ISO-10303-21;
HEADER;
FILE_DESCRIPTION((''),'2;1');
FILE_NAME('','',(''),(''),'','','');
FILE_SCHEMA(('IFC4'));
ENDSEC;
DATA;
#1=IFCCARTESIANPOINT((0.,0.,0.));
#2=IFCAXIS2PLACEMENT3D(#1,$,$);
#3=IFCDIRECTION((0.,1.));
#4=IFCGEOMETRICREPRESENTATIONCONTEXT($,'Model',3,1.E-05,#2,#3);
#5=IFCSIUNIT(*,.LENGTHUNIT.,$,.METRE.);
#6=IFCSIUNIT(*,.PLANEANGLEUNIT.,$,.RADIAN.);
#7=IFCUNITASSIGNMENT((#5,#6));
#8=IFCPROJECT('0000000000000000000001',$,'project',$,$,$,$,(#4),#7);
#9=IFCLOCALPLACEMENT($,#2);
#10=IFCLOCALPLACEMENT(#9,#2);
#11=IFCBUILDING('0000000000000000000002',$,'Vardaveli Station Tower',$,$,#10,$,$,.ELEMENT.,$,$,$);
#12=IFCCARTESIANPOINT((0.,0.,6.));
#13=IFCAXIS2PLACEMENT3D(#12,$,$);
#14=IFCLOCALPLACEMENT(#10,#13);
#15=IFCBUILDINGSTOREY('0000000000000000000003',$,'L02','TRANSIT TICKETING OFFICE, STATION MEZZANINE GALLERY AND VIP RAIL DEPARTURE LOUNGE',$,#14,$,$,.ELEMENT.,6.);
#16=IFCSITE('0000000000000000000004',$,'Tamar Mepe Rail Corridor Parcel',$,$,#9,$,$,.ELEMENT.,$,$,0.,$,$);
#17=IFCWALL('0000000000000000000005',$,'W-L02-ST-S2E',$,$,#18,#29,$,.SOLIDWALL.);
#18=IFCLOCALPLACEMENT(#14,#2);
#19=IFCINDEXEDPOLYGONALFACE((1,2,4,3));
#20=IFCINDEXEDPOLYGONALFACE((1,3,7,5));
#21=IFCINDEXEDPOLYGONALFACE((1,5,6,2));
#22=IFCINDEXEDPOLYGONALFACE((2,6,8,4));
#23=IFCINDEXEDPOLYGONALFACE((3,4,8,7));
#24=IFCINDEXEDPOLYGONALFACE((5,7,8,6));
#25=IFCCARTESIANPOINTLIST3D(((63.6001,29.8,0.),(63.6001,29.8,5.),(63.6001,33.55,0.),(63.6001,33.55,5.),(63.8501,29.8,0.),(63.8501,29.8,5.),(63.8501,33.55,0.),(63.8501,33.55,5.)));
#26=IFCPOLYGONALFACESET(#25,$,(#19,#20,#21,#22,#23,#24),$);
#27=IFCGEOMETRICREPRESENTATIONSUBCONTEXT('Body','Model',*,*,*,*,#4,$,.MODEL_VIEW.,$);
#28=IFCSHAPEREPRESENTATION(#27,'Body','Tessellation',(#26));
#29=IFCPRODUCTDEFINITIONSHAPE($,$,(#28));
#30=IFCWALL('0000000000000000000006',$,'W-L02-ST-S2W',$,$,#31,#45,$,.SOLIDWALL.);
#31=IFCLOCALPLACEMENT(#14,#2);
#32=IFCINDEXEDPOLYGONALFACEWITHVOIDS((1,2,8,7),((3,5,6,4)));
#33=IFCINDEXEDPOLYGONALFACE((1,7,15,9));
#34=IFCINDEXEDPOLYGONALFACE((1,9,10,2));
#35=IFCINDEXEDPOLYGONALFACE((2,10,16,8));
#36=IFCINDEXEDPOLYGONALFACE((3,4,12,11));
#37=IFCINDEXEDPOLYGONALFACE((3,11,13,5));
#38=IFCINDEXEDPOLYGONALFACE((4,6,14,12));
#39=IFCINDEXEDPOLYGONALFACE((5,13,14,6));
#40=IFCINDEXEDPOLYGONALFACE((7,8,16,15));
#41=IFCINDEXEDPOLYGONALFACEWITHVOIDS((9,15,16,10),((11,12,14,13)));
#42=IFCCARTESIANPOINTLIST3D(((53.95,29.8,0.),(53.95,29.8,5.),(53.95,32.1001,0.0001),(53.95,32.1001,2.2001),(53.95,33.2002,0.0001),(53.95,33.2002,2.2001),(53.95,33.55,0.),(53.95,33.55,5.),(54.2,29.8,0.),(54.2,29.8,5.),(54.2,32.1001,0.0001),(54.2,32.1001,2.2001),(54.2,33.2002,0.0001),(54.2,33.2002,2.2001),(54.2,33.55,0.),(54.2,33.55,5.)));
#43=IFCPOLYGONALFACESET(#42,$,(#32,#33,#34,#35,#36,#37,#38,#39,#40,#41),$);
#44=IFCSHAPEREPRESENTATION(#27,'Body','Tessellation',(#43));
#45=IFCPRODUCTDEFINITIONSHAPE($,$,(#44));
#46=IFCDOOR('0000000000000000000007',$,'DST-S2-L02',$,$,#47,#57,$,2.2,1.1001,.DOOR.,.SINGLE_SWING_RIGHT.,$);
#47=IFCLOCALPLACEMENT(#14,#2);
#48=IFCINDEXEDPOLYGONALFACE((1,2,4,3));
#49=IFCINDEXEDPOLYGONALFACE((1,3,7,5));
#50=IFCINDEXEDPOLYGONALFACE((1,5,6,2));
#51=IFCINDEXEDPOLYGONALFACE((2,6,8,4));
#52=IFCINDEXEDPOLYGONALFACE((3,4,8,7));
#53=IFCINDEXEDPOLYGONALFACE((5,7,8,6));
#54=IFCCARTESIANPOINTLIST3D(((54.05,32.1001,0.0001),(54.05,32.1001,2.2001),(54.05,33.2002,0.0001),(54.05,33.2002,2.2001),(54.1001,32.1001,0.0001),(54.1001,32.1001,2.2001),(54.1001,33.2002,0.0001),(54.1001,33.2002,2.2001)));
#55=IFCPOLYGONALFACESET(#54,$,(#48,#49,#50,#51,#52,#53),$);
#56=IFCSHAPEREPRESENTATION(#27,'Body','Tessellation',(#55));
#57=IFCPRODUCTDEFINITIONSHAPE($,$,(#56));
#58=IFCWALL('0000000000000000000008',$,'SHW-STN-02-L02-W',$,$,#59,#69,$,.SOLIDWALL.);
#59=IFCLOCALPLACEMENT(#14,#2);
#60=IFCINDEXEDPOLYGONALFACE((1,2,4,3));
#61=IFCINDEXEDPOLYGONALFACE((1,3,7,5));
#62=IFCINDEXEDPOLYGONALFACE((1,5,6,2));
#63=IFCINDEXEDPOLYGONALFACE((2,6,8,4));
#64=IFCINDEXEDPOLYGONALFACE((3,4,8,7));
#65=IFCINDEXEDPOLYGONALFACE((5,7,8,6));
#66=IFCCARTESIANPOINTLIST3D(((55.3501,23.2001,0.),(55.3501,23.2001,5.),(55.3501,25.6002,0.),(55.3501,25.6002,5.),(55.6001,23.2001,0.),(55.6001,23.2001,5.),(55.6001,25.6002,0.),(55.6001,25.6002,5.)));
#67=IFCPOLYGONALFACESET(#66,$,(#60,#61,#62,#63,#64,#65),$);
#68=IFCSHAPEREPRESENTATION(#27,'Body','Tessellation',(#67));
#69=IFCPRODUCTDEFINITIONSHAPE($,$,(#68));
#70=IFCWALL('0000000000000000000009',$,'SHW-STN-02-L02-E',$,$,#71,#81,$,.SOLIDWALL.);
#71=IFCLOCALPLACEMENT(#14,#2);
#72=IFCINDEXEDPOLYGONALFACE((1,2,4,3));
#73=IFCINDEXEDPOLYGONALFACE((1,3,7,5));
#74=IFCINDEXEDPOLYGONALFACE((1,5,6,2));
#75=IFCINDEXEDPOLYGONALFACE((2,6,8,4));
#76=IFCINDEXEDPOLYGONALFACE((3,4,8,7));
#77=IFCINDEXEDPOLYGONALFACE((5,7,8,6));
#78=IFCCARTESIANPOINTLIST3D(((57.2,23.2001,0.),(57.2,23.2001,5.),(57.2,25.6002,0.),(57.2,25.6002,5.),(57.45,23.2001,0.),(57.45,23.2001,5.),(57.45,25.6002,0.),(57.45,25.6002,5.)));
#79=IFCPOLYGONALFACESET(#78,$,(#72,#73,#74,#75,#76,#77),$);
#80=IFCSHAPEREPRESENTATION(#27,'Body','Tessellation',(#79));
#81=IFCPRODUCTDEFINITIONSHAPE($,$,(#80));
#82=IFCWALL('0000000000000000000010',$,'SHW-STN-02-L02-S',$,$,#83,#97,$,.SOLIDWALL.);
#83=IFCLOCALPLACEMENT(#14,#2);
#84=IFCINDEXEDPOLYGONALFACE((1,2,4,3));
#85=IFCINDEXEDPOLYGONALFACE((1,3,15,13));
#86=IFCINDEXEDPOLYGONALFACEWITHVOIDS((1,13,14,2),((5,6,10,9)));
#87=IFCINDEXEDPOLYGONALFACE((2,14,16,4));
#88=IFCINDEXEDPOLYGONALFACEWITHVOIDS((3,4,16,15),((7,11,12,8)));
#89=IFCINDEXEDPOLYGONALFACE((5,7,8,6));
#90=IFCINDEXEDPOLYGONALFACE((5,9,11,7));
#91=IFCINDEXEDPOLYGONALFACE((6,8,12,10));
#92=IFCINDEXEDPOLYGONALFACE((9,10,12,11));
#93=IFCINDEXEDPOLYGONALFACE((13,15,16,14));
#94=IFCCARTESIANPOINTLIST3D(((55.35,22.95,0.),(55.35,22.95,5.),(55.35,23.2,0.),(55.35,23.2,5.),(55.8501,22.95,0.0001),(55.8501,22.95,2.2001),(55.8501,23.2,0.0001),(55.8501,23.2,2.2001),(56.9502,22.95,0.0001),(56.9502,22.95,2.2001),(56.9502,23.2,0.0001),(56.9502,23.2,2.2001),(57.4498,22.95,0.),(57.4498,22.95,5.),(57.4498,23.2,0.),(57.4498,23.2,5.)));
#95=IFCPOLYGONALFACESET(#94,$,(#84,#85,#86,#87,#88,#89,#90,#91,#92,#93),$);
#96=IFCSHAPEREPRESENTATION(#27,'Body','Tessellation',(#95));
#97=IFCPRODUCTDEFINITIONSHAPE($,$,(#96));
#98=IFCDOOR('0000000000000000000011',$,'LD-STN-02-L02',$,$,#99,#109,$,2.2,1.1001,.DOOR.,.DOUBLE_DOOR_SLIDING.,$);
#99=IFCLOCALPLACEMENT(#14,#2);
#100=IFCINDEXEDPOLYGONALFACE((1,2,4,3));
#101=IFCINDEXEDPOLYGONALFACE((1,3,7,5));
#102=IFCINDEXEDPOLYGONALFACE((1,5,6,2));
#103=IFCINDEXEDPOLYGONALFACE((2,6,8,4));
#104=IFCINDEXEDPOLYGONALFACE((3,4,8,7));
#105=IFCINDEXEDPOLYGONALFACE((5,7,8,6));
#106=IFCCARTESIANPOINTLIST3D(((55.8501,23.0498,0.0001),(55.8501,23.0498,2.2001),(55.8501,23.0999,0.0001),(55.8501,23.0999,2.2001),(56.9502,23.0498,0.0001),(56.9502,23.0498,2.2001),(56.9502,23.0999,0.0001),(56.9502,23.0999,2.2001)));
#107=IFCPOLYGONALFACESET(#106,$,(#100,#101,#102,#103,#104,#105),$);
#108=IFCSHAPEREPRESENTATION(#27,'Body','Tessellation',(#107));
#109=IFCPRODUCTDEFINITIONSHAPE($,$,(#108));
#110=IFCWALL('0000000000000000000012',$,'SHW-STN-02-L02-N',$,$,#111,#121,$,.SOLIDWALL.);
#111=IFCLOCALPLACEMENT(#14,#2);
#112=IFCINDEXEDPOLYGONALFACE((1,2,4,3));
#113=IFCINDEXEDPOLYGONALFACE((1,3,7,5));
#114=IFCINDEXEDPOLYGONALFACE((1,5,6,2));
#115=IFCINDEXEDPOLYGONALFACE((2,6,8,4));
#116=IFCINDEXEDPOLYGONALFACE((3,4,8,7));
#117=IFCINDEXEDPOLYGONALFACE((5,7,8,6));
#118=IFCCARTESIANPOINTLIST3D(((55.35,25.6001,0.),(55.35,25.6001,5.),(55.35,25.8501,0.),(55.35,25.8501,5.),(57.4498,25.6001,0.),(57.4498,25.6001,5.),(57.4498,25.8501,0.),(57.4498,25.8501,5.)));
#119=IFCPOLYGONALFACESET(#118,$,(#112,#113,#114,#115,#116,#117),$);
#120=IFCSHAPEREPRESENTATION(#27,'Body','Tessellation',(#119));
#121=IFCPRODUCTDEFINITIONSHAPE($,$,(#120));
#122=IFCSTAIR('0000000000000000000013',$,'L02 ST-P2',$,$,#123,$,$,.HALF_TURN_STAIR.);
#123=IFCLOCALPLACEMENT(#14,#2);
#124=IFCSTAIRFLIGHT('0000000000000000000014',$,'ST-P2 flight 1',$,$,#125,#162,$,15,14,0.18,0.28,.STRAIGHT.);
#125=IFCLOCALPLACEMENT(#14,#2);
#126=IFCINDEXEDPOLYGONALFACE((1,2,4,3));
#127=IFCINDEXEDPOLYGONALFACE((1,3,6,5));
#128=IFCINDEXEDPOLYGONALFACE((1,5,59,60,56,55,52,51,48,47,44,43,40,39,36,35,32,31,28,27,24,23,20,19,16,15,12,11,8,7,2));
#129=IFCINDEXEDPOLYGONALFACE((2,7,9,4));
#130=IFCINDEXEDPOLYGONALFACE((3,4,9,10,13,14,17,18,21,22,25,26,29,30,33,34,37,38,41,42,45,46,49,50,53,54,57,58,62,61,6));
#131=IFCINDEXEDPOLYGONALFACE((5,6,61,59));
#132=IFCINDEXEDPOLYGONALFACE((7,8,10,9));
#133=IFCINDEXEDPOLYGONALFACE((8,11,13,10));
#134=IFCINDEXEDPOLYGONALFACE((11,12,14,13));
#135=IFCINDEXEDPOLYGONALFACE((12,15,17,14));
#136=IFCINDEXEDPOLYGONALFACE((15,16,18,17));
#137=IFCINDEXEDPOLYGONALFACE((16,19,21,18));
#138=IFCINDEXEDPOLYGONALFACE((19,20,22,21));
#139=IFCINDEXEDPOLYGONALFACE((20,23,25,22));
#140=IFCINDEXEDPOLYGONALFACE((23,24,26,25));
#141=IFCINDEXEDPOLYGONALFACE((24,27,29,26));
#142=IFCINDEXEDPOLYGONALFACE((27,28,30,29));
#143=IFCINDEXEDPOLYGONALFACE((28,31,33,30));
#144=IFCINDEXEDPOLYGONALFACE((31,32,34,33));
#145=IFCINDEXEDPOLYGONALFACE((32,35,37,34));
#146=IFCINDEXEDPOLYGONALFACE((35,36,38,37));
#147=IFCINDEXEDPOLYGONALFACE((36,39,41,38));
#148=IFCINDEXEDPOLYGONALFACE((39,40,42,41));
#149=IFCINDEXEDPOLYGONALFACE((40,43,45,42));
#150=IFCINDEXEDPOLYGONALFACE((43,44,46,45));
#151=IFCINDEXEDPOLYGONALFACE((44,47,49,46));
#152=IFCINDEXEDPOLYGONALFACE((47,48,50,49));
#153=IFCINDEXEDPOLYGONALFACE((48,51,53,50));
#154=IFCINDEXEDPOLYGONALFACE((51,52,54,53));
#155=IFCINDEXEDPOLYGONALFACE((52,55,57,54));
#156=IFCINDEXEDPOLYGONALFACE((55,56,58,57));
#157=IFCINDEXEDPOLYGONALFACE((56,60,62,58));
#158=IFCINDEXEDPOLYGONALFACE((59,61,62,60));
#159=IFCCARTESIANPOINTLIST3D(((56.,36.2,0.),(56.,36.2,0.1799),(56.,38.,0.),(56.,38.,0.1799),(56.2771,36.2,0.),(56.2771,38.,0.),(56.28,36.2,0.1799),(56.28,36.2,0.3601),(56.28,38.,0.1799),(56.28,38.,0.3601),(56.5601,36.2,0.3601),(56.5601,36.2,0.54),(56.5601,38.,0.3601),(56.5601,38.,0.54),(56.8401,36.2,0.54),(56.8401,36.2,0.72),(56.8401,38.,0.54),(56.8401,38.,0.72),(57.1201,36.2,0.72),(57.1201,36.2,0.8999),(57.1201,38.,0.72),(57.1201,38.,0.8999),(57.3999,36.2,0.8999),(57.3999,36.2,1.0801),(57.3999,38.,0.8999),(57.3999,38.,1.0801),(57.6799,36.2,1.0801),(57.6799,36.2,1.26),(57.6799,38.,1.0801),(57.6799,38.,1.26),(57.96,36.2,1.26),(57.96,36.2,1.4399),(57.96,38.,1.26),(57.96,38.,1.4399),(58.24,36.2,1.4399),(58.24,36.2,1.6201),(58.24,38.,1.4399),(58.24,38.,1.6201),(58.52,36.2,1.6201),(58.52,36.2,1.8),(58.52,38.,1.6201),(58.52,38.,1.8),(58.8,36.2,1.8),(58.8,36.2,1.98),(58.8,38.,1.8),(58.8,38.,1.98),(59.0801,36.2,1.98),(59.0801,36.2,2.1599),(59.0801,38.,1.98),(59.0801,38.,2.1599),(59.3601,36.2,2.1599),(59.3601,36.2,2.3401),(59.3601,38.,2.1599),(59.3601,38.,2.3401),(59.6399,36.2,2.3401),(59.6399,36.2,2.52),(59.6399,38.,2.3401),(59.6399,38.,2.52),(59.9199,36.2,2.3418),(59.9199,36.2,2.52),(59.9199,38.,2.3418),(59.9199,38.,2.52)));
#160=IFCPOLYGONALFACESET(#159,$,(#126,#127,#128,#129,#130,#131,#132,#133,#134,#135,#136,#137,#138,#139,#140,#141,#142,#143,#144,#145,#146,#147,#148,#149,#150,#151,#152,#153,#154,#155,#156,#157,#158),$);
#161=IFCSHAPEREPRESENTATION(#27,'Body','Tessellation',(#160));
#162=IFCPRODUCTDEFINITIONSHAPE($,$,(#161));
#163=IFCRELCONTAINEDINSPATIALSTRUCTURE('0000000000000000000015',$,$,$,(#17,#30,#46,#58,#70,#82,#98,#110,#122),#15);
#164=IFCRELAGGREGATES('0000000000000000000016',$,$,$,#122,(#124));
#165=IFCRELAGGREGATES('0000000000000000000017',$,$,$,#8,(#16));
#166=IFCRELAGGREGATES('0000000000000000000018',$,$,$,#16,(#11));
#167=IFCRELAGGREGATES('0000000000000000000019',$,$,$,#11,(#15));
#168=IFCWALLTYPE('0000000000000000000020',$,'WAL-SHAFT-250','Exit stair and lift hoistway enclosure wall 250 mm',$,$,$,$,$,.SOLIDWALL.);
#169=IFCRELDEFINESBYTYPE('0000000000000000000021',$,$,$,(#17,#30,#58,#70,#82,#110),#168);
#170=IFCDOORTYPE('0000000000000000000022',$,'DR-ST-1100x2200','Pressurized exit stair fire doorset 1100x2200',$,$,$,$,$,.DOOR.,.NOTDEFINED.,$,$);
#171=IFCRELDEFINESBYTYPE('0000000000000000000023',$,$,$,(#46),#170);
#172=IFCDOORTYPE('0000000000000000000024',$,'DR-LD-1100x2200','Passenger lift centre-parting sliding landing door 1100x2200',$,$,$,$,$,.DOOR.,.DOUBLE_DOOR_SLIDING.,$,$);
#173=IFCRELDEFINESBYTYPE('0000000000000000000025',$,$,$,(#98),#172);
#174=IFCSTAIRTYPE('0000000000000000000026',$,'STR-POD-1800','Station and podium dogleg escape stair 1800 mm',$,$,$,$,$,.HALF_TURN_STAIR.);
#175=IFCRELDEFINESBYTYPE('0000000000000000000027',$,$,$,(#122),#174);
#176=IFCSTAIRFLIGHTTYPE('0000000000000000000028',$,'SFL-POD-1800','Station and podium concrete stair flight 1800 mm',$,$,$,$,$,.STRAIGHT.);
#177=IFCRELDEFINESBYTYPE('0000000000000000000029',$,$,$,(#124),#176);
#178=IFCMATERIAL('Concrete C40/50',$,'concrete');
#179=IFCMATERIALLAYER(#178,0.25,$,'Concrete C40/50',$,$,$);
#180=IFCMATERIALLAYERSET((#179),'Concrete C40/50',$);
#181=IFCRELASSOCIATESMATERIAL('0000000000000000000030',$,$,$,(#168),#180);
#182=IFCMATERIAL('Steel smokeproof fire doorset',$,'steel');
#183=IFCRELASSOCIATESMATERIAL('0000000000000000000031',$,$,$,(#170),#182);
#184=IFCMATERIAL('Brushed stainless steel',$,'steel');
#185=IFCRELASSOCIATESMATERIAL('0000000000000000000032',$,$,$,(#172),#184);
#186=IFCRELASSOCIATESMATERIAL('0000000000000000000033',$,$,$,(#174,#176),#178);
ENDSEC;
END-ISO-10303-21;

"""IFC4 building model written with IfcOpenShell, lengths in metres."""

from ifc_helpers import new_model, si_unit, direction, frame, frame_2d, origin, place, context, subcontext, project, spatial, polyline, rectangle, outline, extrude, source, transform, mapped, material, layer, layer_set, type_object, element, fill, aggregate, save


model = new_model("IFC4")

# Units and contexts
model_context = context("Model", 3, precision=1e-05, world=origin(), true_north=direction((0.0, 1.0)))
body_context = subcontext(model_context, "Body", "Model", "MODEL_VIEW")
ifc_project = project(units=[si_unit("LENGTHUNIT", "METRE"), si_unit("PLANEANGLEUNIT", "RADIAN")], contexts=[model_context])

# Site, building, storey
site_placement = place(None, origin())
site = spatial("IfcSite", under=ifc_project, at=site_placement, Name="Tamar Mepe Rail Corridor Parcel", CompositionType="ELEMENT", RefElevation=0.0)
building_placement = place(site_placement, origin())
building = spatial("IfcBuilding", under=site, at=building_placement, Name="Vardaveli Station Tower", CompositionType="ELEMENT")
storey_placement = place(building_placement, frame((0.0, 0.0, 6.0)))
storey = spatial("IfcBuildingStorey", under=building, at=storey_placement, Name="L02", Description="TRANSIT TICKETING OFFICE, STATION MEZZANINE GALLERY AND VIP RAIL DEPARTURE LOUNGE", CompositionType="ELEMENT", Elevation=6.0)

# Shared definitions
ifc_material_1 = material(Name="Concrete C40/50", Category="concrete")
ifc_layer = layer(ifc_material_1, 0.25, Name="Concrete C40/50")
ifc_layer_set = layer_set([ifc_layer], Name="Concrete C40/50")
wall_type = type_object("IfcWallType", Name="WAL-SHAFT-250", Description="Exit stair and lift hoistway enclosure wall 250 mm", PredefinedType="SOLIDWALL", material=ifc_layer_set)

# Shared definitions
shared_shape_1 = source(origin(), body_context, "Body", "SweptSolid", [
    extrude(rectangle(XDim=1.1001, YDim=2.2, at=frame_2d((0.55, 1.1001))), frame((0.0, 0.135, 0.0), z_axis=(0.0, -1.0, 0.0), x_axis=(1.0, 0.0, 0.0)), (0.0, 0.0, 1.0), 0.27),
])
ifc_material_2 = material(Name="Steel smokeproof fire doorset", Category="steel")
door_type_1 = type_object("IfcDoorType", Name="DR-ST-1100x2200", Description="Pressurized exit stair fire doorset 1100x2200", OperationType="NOTDEFINED", PredefinedType="DOOR", material=ifc_material_2)
shared_shape_2 = source(origin(), body_context, "Body", "SweptSolid", [
    extrude(rectangle(XDim=1.1001, YDim=2.2, at=frame_2d((0.55, 1.1001))), frame((0.0, 0.0249, 0.0), z_axis=(0.0, -1.0, 0.0), x_axis=(1.0, 0.0, 0.0)), (0.0, 0.0, 1.0), 0.05),
])

# Wall
shared_shape_3 = source(origin(), body_context, "Body", "SweptSolid", [
    extrude(rectangle(XDim=3.75, YDim=0.25, at=frame_2d((1.875, 0.0))), origin(), (0.0, 0.0, 1.0), 5.0),
])
wall_1_placement = place(storey_placement, frame((63.7251, 29.8, 0.0), z_axis=(0.0, 0.0, 1.0), x_axis=(0.0, 1.0, 0.0)))
element("IfcWall", 1, at=wall_1_placement, inside=storey, type_object=wall_type, Name="W-L02-ST-S2E", PredefinedType="SOLIDWALL", context=body_context, shape_type="MappedRepresentation", body=[
    mapped(shared_shape_3, transform((0.0, 0.0, 0.0), scale=1.0)),
])

# Wall, opening, door
wall_2_placement = place(storey_placement, frame((54.075, 29.8, 0.0), z_axis=(0.0, 0.0, 1.0), x_axis=(0.0, 1.0, 0.0)))
wall_2 = element("IfcWall", 2, at=wall_2_placement, inside=storey, type_object=wall_type, Name="W-L02-ST-S2W", PredefinedType="SOLIDWALL", context=body_context, shape_type="MappedRepresentation", body=[
    mapped(shared_shape_3, transform((0.0, 0.0, 0.0), scale=1.0)),
])
opening_1_placement = place(wall_2_placement, frame((2.3, 0.0, 0.0)))
opening_1 = element("IfcOpeningElement", 3, at=opening_1_placement, cuts=wall_2, PredefinedType="OPENING", context=body_context, shape_type="MappedRepresentation", body=[
    mapped(shared_shape_1, transform((0.0, 0.0, 0.0), scale=1.0)),
])
door_1_placement = place(opening_1_placement, origin())
door_1 = element("IfcDoor", 4, at=door_1_placement, inside=storey, type_object=door_type_1, Name="DST-S2-L02", OperationType="SINGLE_SWING_RIGHT", OverallHeight=2.2, OverallWidth=1.1001, PredefinedType="DOOR", context=body_context, shape_type="MappedRepresentation", body=[
    mapped(shared_shape_2, transform((0.0, 0.0, 0.0), scale=1.0)),
])
fill(opening_1, door_1)

# Walls
shared_shape_4 = source(origin(), body_context, "Body", "SweptSolid", [
    extrude(rectangle(XDim=2.4001, YDim=0.25, at=frame_2d((1.2002, 0.0))), origin(), (0.0, 0.0, 1.0), 5.0),
])
for number, where, z_axis, x_axis, name in (
    (5, (55.4751, 23.2, 0.0), (0.0, 0.0, 1.0), (0.0, 1.0, 0.0), "SHW-STN-02-L02-W"),
    (6, (57.325, 23.2, 0.0), (0.0, 0.0, 1.0), (0.0, 1.0, 0.0), "SHW-STN-02-L02-E"),
):
    element("IfcWall", number, at=place(storey_placement, frame(where, z_axis=z_axis, x_axis=x_axis)), inside=storey, type_object=wall_type, Name=name, PredefinedType="SOLIDWALL", context=body_context, shape_type="MappedRepresentation", body=[
        mapped(shared_shape_4, transform((0.0, 0.0, 0.0), scale=1.0)),
    ])

# Wall, opening, door
shared_shape_5 = source(origin(), body_context, "Body", "SweptSolid", [
    extrude(rectangle(XDim=2.0999, YDim=0.25, at=frame_2d((1.0498, 0.0))), origin(), (0.0, 0.0, 1.0), 5.0),
])
wall_3_placement = place(storey_placement, frame((55.3501, 23.075, 0.0), z_axis=(0.0, 0.0, 1.0), x_axis=(1.0, 0.0, 0.0)))
wall_3 = element("IfcWall", 7, at=wall_3_placement, inside=storey, type_object=wall_type, Name="SHW-STN-02-L02-S", PredefinedType="SOLIDWALL", context=body_context, shape_type="MappedRepresentation", body=[
    mapped(shared_shape_5, transform((0.0, 0.0, 0.0), scale=1.0)),
])
opening_2_placement = place(wall_3_placement, frame((0.5, 0.0, 0.0)))
opening_2 = element("IfcOpeningElement", 8, at=opening_2_placement, cuts=wall_3, PredefinedType="OPENING", context=body_context, shape_type="MappedRepresentation", body=[
    mapped(shared_shape_1, transform((0.0, 0.0, 0.0), scale=1.0)),
])
ifc_material_3 = material(Name="Brushed stainless steel", Category="steel")
door_type_2 = type_object("IfcDoorType", Name="DR-LD-1100x2200", Description="Passenger lift centre-parting sliding landing door 1100x2200", OperationType="DOUBLE_DOOR_SLIDING", PredefinedType="DOOR", material=ifc_material_3)
door_2_placement = place(opening_2_placement, origin())
door_2 = element("IfcDoor", 9, at=door_2_placement, inside=storey, type_object=door_type_2, Name="LD-STN-02-L02", OperationType="DOUBLE_DOOR_SLIDING", OverallHeight=2.2, OverallWidth=1.1001, PredefinedType="DOOR", context=body_context, shape_type="MappedRepresentation", body=[
    mapped(shared_shape_2, transform((0.0, 0.0, 0.0), scale=1.0)),
])
fill(opening_2, door_2)

# Wall
wall_4_placement = place(storey_placement, frame((55.3501, 25.7251, 0.0), z_axis=(0.0, 0.0, 1.0), x_axis=(1.0, 0.0, 0.0)))
element("IfcWall", 10, at=wall_4_placement, inside=storey, type_object=wall_type, Name="SHW-STN-02-L02-N", PredefinedType="SOLIDWALL", context=body_context, shape_type="MappedRepresentation", body=[
    mapped(shared_shape_5, transform((0.0, 0.0, 0.0), scale=1.0)),
])

# Stair, stair flight
stair_type = type_object("IfcStairType", Name="STR-POD-1800", Description="Station and podium dogleg escape stair 1800 mm", PredefinedType="HALF_TURN_STAIR", material=ifc_material_1)
stair_placement = place(storey_placement, origin())
stair = element("IfcStair", 11, at=stair_placement, inside=storey, type_object=stair_type, Name="L02 ST-P2", PredefinedType="HALF_TURN_STAIR")
stair_flight_type = type_object("IfcStairFlightType", Name="SFL-POD-1800", Description="Station and podium concrete stair flight 1800 mm", PredefinedType="STRAIGHT", material=ifc_material_1)
shared_shape_6 = source(origin(), body_context, "Body", "SweptSolid", [
    extrude(outline(polyline([(0.0, 0.0), (0.0, 0.1799), (0.28, 0.1799), (0.28, 0.3601), (0.5601, 0.3601), (0.5601, 0.54), (0.8401, 0.54), (0.8401, 0.72), (1.1201, 0.72), (1.1201, 0.8999), (1.3999, 0.8999), (1.3999, 1.0801), (1.6799, 1.0801), (1.6799, 1.26), (1.96, 1.26), (1.96, 1.4399), (2.24, 1.4399), (2.24, 1.6201), (2.52, 1.6201), (2.52, 1.8), (2.8, 1.8), (2.8, 1.98), (3.0801, 1.98), (3.0801, 2.1599), (3.3601, 2.1599), (3.3601, 2.3401), (3.6399, 2.3401), (3.6399, 2.52), (3.9199, 2.52), (3.9199, 2.7), (3.9199, 2.3418), (0.2771, 0.0), (0.0, 0.0)])), frame((0.0, 0.8999, 0.0), z_axis=(0.0, -1.0, 0.0), x_axis=(1.0, 0.0, 0.0)), (0.0, 0.0, 1.0), 1.8),
])
stair_flight_1_placement = place(storey_placement, frame((56.0, 37.1001, 0.0), z_axis=(0.0, 0.0, 1.0), x_axis=(1.0, 0.0, 0.0)))
stair_flight_1 = element("IfcStairFlight", 12, at=stair_flight_1_placement, type_object=stair_flight_type, Name="ST-P2 flight 1", NumberOfRisers=15, NumberOfTreads=14, PredefinedType="STRAIGHT", RiserHeight=0.18, TreadLength=0.28, context=body_context, shape_type="MappedRepresentation", body=[
    mapped(shared_shape_6, transform((0.0, 0.0, 0.0), scale=1.0)),
])
aggregate(stair, [stair_flight_1])

save(model, "model.ifc")
